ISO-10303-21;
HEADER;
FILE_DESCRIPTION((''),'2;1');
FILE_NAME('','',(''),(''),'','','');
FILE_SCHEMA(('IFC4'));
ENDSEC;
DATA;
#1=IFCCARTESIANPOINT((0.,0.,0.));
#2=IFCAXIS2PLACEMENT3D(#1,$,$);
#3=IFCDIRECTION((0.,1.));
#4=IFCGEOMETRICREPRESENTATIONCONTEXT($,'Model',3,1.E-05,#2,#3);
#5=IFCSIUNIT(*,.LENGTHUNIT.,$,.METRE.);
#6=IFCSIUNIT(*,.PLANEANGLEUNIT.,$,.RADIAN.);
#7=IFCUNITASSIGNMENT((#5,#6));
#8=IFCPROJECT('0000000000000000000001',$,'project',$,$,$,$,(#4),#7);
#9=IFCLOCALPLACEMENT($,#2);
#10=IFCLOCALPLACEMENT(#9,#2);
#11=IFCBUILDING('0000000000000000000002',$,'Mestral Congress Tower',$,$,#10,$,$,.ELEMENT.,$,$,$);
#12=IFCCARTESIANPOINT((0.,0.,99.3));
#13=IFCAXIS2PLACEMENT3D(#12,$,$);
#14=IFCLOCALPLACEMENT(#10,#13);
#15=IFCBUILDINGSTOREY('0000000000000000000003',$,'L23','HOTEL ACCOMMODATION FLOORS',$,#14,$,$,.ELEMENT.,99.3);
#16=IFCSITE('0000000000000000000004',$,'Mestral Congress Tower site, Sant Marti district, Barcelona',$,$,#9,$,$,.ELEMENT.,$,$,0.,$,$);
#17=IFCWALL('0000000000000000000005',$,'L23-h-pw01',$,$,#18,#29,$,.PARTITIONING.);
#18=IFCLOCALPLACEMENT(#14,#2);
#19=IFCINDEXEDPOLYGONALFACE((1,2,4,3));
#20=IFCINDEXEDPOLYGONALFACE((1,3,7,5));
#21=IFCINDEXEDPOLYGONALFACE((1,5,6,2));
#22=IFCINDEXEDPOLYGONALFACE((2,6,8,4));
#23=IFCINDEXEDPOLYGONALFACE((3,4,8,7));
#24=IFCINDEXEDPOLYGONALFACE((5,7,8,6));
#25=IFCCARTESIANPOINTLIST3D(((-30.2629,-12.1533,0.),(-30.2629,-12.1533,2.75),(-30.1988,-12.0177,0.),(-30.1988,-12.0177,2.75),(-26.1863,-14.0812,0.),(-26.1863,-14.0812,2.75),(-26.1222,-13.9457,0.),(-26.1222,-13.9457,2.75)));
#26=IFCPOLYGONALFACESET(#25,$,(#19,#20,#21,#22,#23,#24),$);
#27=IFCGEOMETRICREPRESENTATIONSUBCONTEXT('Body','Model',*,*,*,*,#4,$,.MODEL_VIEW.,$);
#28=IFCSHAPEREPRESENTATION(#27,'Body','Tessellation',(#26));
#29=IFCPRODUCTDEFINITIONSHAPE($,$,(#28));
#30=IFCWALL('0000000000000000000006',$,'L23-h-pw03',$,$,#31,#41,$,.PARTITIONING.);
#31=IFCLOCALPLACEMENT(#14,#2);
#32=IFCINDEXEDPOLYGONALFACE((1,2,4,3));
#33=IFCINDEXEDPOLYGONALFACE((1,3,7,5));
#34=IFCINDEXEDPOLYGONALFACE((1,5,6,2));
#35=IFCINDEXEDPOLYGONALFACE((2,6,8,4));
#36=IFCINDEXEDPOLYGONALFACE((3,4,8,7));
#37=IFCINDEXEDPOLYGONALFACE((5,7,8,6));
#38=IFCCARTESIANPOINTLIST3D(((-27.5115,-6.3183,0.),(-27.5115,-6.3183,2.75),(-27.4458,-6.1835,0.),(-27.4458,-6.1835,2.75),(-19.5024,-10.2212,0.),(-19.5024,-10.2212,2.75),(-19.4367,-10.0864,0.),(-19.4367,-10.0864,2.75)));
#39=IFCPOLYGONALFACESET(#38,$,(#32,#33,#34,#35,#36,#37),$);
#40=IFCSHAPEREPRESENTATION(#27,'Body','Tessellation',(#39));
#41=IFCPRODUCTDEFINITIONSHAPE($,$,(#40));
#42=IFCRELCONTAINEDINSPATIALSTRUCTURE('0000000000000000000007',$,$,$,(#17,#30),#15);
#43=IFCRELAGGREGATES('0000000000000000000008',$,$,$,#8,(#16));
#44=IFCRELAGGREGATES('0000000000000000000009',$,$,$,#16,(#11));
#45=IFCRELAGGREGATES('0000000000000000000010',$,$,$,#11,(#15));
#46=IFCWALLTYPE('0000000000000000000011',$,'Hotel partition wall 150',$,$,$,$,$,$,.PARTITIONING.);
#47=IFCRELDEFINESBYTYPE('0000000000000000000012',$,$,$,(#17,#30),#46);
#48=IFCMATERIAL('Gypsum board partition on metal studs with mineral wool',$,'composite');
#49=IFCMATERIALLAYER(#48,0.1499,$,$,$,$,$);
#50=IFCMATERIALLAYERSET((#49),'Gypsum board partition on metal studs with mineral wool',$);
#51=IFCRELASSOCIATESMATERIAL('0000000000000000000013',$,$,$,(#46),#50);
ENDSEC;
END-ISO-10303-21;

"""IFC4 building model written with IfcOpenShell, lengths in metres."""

from ifc_helpers import new_model, si_unit, direction, frame, frame_2d, origin, place, context, subcontext, project, spatial, rectangle, extrude, material, layer, layer_set, type_object, element, save


model = new_model("IFC4")

# Units and contexts
model_context = context("Model", 3, precision=1e-05, world=origin(), true_north=direction((0.0, 1.0)))
body_context = subcontext(model_context, "Body", "Model", "MODEL_VIEW")
ifc_project = project(units=[si_unit("LENGTHUNIT", "METRE"), si_unit("PLANEANGLEUNIT", "RADIAN")], contexts=[model_context])

# Site, building, storey
site_placement = place(None, origin())
site = spatial("IfcSite", under=ifc_project, at=site_placement, Name="Mestral Congress Tower site, Sant Marti district, Barcelona", CompositionType="ELEMENT", RefElevation=0.0)
building_placement = place(site_placement, origin())
building = spatial("IfcBuilding", under=site, at=building_placement, Name="Mestral Congress Tower", CompositionType="ELEMENT")
storey_placement = place(building_placement, frame((0.0, 0.0, 99.3)))
storey = spatial("IfcBuildingStorey", under=building, at=storey_placement, Name="L23", Description="HOTEL ACCOMMODATION FLOORS", CompositionType="ELEMENT", Elevation=99.3)

# Walls
ifc_material_1 = material(Name="Gypsum board partition on metal studs with mineral wool", Category="composite")
ifc_layer_1 = layer(ifc_material_1, 0.1499)
ifc_layer_set_1 = layer_set([ifc_layer_1], Name="Gypsum board partition on metal studs with mineral wool")
wall_type_1 = type_object("IfcWallType", Name="Hotel partition wall 150", PredefinedType="PARTITIONING", material=ifc_layer_set_1)
wall_1_placement = place(storey_placement, frame((-30.231, -12.0854, 0.0), z_axis=(0.0, 0.0, 1.0), x_axis=(0.904001, -0.42753, 0.0)))
element("IfcWall", 1, at=wall_1_placement, inside=storey, type_object=wall_type_1, Name="L23-h-pw01", PredefinedType="PARTITIONING", context=body_context, shape_type="SweptSolid", body=[
    extrude(rectangle(XDim=4.5095, YDim=0.1499, at=frame_2d((2.2549, 0.0))), origin(), (0.0, 0.0, 1.0), 2.75),
])
wall_2_placement = place(storey_placement, frame((-27.4785, -6.251, 0.0), z_axis=(0.0, 0.0, 1.0), x_axis=(0.898946, -0.43806, 0.0)))
element("IfcWall", 2, at=wall_2_placement, inside=storey, type_object=wall_type_1, Name="L23-h-pw03", PredefinedType="PARTITIONING", context=body_context, shape_type="SweptSolid", body=[
    extrude(rectangle(XDim=8.9094, YDim=0.1499, at=frame_2d((4.4546, 0.0))), origin(), (0.0, 0.0, 1.0), 2.75),
])

save(model, "model.ifc")
